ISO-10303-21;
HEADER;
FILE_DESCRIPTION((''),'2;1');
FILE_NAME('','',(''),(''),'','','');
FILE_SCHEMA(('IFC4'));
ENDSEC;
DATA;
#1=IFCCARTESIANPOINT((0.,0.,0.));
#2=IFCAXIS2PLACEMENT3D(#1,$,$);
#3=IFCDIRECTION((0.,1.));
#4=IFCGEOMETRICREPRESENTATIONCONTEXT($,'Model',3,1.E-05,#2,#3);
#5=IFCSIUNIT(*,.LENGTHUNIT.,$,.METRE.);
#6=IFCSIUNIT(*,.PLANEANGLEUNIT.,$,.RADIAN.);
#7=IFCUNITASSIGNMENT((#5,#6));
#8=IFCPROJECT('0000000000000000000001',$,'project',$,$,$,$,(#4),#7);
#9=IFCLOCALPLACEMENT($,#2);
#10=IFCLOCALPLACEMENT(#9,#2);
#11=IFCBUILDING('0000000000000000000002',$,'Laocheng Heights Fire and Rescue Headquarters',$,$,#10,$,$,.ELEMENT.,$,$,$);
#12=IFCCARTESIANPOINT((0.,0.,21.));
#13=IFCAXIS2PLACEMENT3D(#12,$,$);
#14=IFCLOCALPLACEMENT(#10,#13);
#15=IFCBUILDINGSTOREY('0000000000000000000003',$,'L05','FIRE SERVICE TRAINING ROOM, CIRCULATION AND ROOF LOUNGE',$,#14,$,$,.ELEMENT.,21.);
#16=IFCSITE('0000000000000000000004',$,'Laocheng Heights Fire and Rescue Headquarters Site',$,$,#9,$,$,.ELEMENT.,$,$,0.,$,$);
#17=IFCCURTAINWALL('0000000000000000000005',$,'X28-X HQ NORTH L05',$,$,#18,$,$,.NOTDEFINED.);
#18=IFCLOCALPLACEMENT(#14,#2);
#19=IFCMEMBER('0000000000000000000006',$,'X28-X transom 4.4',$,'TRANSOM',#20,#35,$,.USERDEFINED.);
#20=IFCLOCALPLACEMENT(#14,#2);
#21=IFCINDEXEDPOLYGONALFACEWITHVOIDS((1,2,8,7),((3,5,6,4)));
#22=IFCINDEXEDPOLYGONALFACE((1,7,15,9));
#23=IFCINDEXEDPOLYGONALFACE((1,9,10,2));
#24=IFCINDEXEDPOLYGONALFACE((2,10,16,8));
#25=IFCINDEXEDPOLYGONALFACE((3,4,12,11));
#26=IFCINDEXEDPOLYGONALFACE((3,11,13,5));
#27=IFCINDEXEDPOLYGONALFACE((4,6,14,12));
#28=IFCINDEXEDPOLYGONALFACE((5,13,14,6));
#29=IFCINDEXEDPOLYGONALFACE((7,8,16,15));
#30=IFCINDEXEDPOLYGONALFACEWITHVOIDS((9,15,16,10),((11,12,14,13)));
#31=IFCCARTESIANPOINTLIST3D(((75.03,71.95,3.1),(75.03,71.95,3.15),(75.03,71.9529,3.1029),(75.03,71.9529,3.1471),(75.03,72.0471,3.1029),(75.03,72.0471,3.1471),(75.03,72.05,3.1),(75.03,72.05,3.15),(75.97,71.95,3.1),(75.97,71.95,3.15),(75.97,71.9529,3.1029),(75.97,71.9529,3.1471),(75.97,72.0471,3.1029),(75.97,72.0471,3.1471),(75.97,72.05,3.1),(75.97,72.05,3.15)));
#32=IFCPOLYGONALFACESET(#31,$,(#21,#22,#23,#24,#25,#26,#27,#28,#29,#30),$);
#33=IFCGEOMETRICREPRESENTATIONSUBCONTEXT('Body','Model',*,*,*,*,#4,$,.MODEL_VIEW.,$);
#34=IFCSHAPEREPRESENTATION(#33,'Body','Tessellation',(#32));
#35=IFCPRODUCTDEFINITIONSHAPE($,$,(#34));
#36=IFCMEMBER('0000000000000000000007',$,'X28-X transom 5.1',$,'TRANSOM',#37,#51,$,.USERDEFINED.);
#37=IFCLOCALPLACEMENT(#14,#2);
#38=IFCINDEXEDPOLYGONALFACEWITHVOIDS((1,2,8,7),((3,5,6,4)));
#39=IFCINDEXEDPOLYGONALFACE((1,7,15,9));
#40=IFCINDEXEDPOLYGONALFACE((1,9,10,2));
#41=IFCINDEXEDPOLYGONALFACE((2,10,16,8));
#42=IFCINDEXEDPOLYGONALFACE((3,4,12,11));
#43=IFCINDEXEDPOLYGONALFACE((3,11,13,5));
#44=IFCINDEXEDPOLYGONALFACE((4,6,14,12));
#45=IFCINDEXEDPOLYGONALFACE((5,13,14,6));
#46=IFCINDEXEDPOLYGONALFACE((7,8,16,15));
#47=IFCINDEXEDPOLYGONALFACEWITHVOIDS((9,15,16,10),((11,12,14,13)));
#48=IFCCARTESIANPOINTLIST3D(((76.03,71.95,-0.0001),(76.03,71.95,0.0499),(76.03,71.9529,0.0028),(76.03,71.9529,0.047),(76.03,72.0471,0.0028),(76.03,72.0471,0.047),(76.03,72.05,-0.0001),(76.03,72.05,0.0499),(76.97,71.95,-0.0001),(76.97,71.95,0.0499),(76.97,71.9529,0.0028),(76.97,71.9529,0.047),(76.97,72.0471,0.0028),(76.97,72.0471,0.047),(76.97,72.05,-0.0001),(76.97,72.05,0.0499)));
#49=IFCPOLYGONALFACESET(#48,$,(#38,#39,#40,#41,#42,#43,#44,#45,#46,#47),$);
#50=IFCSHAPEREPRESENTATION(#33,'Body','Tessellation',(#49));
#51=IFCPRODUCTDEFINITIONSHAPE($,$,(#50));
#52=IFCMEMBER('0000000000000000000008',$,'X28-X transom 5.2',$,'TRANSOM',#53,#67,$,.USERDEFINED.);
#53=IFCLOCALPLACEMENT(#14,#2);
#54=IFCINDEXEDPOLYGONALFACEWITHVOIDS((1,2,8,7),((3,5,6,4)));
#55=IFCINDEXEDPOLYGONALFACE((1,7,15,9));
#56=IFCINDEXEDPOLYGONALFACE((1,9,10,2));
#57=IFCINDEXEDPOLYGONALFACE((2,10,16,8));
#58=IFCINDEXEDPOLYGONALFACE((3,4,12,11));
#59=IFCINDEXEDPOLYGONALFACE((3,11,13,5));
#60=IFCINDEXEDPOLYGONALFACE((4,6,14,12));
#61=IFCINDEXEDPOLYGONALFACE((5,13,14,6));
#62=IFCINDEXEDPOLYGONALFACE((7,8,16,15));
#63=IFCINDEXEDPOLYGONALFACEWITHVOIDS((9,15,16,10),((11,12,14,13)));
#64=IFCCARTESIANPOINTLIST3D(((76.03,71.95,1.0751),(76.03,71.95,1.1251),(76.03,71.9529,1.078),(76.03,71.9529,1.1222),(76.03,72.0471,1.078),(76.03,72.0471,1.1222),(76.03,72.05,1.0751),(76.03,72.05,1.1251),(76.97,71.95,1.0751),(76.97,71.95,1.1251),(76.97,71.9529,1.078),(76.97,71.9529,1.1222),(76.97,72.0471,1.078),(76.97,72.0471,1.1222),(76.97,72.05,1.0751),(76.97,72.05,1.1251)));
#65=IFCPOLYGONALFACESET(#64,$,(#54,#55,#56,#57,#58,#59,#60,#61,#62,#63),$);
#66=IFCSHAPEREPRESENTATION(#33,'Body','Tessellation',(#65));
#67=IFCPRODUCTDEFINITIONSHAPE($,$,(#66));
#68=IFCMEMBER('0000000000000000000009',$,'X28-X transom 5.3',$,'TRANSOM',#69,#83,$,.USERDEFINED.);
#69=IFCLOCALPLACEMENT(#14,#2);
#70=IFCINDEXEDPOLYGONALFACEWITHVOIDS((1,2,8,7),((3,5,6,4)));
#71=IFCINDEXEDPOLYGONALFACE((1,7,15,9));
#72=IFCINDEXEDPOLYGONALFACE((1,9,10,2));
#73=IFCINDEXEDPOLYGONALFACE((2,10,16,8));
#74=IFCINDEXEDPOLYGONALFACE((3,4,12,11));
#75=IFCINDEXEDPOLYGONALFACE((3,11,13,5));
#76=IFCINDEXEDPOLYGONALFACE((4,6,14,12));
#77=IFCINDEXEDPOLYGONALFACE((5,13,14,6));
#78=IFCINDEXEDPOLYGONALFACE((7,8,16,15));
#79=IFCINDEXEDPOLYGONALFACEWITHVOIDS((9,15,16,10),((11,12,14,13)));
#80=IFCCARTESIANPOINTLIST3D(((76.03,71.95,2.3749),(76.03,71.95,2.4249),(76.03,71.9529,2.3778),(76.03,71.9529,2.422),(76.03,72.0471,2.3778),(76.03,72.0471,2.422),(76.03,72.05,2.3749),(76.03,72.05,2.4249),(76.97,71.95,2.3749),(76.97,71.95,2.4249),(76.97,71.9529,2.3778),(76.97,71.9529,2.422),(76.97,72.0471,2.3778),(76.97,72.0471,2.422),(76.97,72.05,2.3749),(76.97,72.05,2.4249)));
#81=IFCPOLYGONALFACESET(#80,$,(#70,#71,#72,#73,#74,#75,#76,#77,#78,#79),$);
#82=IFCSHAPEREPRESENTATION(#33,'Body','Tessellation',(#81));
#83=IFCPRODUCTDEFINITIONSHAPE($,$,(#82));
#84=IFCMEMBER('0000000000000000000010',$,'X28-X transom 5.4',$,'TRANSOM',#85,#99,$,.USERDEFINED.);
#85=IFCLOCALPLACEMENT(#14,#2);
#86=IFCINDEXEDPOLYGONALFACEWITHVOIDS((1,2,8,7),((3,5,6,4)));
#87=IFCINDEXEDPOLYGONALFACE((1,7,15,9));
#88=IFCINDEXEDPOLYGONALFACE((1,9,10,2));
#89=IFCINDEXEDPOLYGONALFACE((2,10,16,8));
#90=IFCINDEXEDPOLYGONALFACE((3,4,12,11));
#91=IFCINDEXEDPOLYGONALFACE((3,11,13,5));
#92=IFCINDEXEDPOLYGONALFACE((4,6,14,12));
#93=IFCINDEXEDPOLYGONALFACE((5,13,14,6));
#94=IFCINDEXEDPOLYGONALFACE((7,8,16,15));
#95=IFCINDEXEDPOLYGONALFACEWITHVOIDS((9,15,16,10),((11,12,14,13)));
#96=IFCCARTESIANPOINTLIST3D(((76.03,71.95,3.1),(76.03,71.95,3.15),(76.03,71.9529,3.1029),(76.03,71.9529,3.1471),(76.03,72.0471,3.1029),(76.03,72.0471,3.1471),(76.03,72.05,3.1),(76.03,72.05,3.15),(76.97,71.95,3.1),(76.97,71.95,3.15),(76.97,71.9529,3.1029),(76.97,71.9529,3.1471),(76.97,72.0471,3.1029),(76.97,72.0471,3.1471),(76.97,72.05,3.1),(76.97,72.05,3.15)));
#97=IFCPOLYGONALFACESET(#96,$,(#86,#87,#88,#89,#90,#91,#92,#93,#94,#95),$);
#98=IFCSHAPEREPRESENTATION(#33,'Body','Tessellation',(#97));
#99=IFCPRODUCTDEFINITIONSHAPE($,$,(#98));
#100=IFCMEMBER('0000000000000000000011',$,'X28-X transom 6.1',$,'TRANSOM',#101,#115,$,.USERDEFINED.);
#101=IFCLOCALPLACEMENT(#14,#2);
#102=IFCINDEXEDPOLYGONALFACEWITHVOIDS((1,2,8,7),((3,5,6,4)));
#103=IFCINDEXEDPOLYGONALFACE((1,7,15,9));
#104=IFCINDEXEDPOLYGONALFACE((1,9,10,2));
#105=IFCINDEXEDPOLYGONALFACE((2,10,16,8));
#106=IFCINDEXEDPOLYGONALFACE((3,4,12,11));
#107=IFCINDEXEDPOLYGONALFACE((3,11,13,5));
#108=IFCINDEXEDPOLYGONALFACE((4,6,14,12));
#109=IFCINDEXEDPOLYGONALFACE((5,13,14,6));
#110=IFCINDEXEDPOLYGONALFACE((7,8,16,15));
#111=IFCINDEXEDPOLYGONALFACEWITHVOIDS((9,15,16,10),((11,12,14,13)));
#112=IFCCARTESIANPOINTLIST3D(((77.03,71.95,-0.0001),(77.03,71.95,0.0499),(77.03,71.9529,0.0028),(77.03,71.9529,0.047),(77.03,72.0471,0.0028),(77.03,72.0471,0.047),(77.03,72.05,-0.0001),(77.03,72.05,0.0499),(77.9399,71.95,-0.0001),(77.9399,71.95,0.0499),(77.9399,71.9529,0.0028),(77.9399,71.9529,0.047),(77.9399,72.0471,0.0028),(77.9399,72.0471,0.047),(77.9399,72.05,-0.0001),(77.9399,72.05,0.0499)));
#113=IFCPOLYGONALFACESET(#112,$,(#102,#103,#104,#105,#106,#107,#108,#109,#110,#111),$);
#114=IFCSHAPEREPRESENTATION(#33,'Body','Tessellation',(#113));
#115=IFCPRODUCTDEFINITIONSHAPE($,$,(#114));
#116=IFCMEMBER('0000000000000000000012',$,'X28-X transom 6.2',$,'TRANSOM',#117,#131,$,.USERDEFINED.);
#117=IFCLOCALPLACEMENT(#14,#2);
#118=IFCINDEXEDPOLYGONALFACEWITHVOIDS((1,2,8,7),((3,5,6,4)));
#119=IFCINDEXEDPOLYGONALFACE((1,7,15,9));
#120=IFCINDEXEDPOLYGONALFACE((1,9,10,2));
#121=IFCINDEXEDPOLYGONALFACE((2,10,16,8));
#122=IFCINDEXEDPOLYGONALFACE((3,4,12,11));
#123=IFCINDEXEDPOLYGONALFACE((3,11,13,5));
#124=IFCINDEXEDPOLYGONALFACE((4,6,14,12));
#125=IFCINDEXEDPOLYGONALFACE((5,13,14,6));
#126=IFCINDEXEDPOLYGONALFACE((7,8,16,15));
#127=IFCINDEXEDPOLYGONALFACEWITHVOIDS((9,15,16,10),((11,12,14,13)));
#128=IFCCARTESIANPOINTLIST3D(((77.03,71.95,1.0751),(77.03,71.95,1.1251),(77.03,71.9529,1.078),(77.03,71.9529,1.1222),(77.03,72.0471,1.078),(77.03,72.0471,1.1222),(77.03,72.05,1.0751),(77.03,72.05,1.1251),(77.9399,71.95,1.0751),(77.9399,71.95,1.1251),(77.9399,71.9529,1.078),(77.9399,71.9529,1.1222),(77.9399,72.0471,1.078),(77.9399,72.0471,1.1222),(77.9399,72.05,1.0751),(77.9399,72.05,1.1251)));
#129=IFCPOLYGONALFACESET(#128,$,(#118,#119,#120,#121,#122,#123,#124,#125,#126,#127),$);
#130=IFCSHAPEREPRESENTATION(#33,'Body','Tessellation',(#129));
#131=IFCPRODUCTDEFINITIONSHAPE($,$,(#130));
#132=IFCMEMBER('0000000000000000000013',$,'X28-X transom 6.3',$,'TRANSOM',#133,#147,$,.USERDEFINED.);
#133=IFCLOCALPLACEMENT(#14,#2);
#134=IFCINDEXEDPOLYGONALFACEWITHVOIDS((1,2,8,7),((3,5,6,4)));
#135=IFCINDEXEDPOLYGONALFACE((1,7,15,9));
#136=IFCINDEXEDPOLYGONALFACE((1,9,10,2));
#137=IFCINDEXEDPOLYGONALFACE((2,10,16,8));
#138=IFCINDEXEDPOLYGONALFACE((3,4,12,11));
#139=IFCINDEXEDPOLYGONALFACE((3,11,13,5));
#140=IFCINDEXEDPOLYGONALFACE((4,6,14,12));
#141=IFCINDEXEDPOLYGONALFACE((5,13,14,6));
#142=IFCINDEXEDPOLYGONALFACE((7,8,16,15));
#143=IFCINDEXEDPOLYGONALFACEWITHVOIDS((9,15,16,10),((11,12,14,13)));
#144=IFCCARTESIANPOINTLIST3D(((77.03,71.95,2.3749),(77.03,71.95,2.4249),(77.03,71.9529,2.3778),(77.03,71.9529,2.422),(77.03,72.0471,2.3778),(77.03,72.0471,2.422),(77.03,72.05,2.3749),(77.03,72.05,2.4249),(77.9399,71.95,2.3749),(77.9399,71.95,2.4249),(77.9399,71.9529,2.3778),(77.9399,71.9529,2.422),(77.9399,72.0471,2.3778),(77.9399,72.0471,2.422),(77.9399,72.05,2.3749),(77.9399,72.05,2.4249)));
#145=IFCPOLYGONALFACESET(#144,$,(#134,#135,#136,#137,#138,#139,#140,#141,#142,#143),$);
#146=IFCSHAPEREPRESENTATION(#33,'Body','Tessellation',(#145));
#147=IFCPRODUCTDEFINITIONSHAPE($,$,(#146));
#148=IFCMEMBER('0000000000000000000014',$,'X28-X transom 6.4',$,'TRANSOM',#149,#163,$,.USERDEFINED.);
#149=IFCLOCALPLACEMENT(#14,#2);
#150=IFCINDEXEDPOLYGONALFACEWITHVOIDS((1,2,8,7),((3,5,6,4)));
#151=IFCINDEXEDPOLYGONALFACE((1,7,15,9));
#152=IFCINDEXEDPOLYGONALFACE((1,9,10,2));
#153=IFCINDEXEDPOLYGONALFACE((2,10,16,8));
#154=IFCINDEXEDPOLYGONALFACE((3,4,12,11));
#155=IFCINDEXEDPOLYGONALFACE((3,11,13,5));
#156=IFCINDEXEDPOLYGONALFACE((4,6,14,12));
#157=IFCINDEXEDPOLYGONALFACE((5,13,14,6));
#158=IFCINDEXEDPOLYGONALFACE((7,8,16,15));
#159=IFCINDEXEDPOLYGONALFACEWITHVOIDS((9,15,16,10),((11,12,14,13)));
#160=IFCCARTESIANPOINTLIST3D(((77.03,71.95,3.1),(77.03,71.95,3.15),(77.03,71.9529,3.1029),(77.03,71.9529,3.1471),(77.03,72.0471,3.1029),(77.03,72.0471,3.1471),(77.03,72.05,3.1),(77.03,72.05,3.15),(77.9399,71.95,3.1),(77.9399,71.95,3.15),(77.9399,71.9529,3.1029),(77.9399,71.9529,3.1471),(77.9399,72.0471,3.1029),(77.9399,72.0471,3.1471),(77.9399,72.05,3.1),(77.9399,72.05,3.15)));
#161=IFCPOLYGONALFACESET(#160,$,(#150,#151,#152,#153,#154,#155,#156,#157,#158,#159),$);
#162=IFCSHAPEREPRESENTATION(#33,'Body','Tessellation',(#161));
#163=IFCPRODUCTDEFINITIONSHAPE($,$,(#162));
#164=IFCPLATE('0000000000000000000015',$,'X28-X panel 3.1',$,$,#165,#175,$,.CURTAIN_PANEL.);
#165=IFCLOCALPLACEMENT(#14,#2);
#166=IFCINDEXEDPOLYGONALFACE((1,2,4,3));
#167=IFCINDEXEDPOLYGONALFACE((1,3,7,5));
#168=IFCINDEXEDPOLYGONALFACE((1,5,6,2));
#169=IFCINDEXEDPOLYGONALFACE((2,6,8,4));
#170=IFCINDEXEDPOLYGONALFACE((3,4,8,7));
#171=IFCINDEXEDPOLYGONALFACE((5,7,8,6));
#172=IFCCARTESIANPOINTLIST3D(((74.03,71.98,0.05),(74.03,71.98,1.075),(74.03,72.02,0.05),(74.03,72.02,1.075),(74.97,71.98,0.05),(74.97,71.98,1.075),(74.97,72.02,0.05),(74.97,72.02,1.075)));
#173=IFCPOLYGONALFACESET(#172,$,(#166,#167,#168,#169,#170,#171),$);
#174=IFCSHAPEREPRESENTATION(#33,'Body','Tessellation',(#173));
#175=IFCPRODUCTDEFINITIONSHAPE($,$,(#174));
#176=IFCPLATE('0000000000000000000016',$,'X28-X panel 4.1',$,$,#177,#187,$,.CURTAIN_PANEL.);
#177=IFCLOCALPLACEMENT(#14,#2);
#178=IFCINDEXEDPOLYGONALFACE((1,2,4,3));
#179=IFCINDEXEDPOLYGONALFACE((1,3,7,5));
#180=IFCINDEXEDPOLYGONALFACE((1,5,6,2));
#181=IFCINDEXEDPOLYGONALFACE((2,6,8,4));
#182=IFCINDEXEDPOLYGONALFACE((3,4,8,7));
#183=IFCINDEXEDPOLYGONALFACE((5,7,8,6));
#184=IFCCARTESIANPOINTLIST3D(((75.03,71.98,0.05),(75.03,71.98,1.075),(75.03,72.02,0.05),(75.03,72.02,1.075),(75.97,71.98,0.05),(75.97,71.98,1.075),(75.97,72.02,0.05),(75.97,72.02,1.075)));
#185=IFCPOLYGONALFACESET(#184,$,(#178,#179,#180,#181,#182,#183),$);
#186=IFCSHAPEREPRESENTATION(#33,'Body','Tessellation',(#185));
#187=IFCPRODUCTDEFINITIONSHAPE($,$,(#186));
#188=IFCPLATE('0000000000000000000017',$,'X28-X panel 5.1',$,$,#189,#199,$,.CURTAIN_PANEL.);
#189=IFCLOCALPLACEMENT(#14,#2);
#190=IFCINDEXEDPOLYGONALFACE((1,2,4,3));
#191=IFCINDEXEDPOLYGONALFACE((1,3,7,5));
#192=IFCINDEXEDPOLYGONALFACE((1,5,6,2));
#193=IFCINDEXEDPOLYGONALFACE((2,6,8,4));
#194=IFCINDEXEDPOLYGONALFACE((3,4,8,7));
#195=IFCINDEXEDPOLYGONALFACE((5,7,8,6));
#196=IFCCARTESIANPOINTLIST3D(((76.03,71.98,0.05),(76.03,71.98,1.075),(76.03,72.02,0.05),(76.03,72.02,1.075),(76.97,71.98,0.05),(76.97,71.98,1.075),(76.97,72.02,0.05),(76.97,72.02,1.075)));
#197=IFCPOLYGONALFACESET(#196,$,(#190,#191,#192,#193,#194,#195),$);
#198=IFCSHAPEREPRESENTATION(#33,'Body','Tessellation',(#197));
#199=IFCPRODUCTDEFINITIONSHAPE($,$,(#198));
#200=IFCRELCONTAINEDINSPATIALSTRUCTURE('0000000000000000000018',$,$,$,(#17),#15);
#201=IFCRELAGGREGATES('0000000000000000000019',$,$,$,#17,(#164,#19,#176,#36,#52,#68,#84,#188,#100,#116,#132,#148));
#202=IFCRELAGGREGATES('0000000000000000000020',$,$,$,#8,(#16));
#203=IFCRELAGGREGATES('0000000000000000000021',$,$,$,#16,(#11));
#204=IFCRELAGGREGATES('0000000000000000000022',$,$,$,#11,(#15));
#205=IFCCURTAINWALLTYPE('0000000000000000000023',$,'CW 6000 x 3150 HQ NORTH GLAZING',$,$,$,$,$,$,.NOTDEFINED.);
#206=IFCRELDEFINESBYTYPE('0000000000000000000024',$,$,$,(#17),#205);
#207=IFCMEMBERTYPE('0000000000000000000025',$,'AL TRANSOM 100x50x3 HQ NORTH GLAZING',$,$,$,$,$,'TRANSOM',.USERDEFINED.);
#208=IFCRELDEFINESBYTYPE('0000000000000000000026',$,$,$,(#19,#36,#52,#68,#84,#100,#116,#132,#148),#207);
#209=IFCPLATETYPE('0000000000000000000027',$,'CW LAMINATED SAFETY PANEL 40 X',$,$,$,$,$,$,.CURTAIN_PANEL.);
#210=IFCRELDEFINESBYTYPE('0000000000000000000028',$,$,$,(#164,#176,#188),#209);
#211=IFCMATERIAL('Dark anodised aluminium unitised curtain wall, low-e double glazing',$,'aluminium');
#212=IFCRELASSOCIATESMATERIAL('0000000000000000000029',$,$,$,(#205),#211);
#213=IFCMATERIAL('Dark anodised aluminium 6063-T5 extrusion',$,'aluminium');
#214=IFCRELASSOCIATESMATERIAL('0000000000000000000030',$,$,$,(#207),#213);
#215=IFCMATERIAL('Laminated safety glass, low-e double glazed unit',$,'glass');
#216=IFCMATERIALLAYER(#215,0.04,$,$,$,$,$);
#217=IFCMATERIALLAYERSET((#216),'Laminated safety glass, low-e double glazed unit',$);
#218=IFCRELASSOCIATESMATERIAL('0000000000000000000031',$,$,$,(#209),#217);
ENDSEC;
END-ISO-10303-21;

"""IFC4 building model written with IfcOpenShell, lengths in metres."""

from ifc_helpers import new_model, si_unit, direction, frame, origin, origin_2d, place, context, subcontext, project, spatial, rectangle, hollow_rectangle, extrude, material, layer, layer_set, material_profile, profile_set, type_object, element, aggregate, save


model = new_model("IFC4")

# Units and contexts
model_context = context("Model", 3, precision=1e-05, world=origin(), true_north=direction((0.0, 1.0)))
body_context = subcontext(model_context, "Body", "Model", "MODEL_VIEW")
ifc_project = project(units=[si_unit("LENGTHUNIT", "METRE"), si_unit("PLANEANGLEUNIT", "RADIAN")], contexts=[model_context])

# Site, building, storey
site_placement = place(None, origin())
site = spatial("IfcSite", under=ifc_project, at=site_placement, Name="Laocheng Heights Fire and Rescue Headquarters Site", CompositionType="ELEMENT", RefElevation=0.0)
building_placement = place(site_placement, origin())
building = spatial("IfcBuilding", under=site, at=building_placement, Name="Laocheng Heights Fire and Rescue Headquarters", CompositionType="ELEMENT")
storey_placement = place(building_placement, frame((0.0, 0.0, 21.0)))
storey = spatial("IfcBuildingStorey", under=building, at=storey_placement, Name="L05", Description="FIRE SERVICE TRAINING ROOM, CIRCULATION AND ROOF LOUNGE", CompositionType="ELEMENT", Elevation=21.0)

# Curtain wall, members, plates
ifc_material_1 = material(Name="Dark anodised aluminium unitised curtain wall, low-e double glazing", Category="aluminium")
curtain_wall_type = type_object("IfcCurtainWallType", Name="CW 6000 x 3150 HQ NORTH GLAZING", PredefinedType="NOTDEFINED", material=ifc_material_1)
curtain_wall_placement = place(storey_placement, origin())
curtain_wall = element("IfcCurtainWall", 1, at=curtain_wall_placement, inside=storey, type_object=curtain_wall_type, Name="X28-X HQ NORTH L05", PredefinedType="NOTDEFINED")
ifc_material_2 = material(Name="Dark anodised aluminium 6063-T5 extrusion", Category="aluminium")
ifc_material_profile_1 = material_profile(ifc_material_2, hollow_rectangle(XDim=0.1001, YDim=0.05, WallThickness=0.0029, at=origin_2d()), Name="AL TRANSOM 100x50x3 HQ NORTH GLAZING")
ifc_profile_set_1 = profile_set([ifc_material_profile_1], Name="Dark anodised aluminium 6063-T5 extrusion")
member_type_1 = type_object("IfcMemberType", Name="AL TRANSOM 100x50x3 HQ NORTH GLAZING", ElementType="TRANSOM", PredefinedType="USERDEFINED", material=ifc_profile_set_1)
member_1_placement = place(storey_placement, frame((75.03, 72.0, 3.125), z_axis=(1.0, 0.0, 0.0), x_axis=(0.0, 1.0, 0.0)))
member_1 = element("IfcMember", 2, at=member_1_placement, type_object=member_type_1, Name="X28-X transom 4.4", ObjectType="TRANSOM", PredefinedType="USERDEFINED", context=body_context, shape_type="SweptSolid", body=[
    extrude(hollow_rectangle(XDim=0.1001, YDim=0.05, WallThickness=0.0029, at=origin_2d()), origin(), (0.0, 0.0, 1.0), 0.9399),
])
member_2_placement = place(storey_placement, frame((76.03, 72.0, 0.0249), z_axis=(1.0, 0.0, 0.0), x_axis=(0.0, 1.0, 0.0)))
member_2 = element("IfcMember", 3, at=member_2_placement, type_object=member_type_1, Name="X28-X transom 5.1", ObjectType="TRANSOM", PredefinedType="USERDEFINED", context=body_context, shape_type="SweptSolid", body=[
    extrude(hollow_rectangle(XDim=0.1001, YDim=0.05, WallThickness=0.0029, at=origin_2d()), origin(), (0.0, 0.0, 1.0), 0.9399),
])
member_3_placement = place(storey_placement, frame((76.03, 72.0, 1.1001), z_axis=(1.0, 0.0, 0.0), x_axis=(0.0, 1.0, 0.0)))
member_3 = element("IfcMember", 4, at=member_3_placement, type_object=member_type_1, Name="X28-X transom 5.2", ObjectType="TRANSOM", PredefinedType="USERDEFINED", context=body_context, shape_type="SweptSolid", body=[
    extrude(hollow_rectangle(XDim=0.1001, YDim=0.05, WallThickness=0.0029, at=origin_2d()), origin(), (0.0, 0.0, 1.0), 0.9399),
])
member_4_placement = place(storey_placement, frame((76.03, 72.0, 2.3999), z_axis=(1.0, 0.0, 0.0), x_axis=(0.0, 1.0, 0.0)))
member_4 = element("IfcMember", 5, at=member_4_placement, type_object=member_type_1, Name="X28-X transom 5.3", ObjectType="TRANSOM", PredefinedType="USERDEFINED", context=body_context, shape_type="SweptSolid", body=[
    extrude(hollow_rectangle(XDim=0.1001, YDim=0.05, WallThickness=0.0029, at=origin_2d()), origin(), (0.0, 0.0, 1.0), 0.9399),
])
member_5_placement = place(storey_placement, frame((76.03, 72.0, 3.125), z_axis=(1.0, 0.0, 0.0), x_axis=(0.0, 1.0, 0.0)))
member_5 = element("IfcMember", 6, at=member_5_placement, type_object=member_type_1, Name="X28-X transom 5.4", ObjectType="TRANSOM", PredefinedType="USERDEFINED", context=body_context, shape_type="SweptSolid", body=[
    extrude(hollow_rectangle(XDim=0.1001, YDim=0.05, WallThickness=0.0029, at=origin_2d()), origin(), (0.0, 0.0, 1.0), 0.9399),
])
member_6_placement = place(storey_placement, frame((77.03, 72.0, 0.0249), z_axis=(1.0, 0.0, 0.0), x_axis=(0.0, 1.0, 0.0)))
member_6 = element("IfcMember", 7, at=member_6_placement, type_object=member_type_1, Name="X28-X transom 6.1", ObjectType="TRANSOM", PredefinedType="USERDEFINED", context=body_context, shape_type="SweptSolid", body=[
    extrude(hollow_rectangle(XDim=0.1001, YDim=0.05, WallThickness=0.0029, at=origin_2d()), origin(), (0.0, 0.0, 1.0), 0.9099),
])
member_7_placement = place(storey_placement, frame((77.03, 72.0, 1.1001), z_axis=(1.0, 0.0, 0.0), x_axis=(0.0, 1.0, 0.0)))
member_7 = element("IfcMember", 8, at=member_7_placement, type_object=member_type_1, Name="X28-X transom 6.2", ObjectType="TRANSOM", PredefinedType="USERDEFINED", context=body_context, shape_type="SweptSolid", body=[
    extrude(hollow_rectangle(XDim=0.1001, YDim=0.05, WallThickness=0.0029, at=origin_2d()), origin(), (0.0, 0.0, 1.0), 0.9099),
])
member_8_placement = place(storey_placement, frame((77.03, 72.0, 2.3999), z_axis=(1.0, 0.0, 0.0), x_axis=(0.0, 1.0, 0.0)))
member_8 = element("IfcMember", 9, at=member_8_placement, type_object=member_type_1, Name="X28-X transom 6.3", ObjectType="TRANSOM", PredefinedType="USERDEFINED", context=body_context, shape_type="SweptSolid", body=[
    extrude(hollow_rectangle(XDim=0.1001, YDim=0.05, WallThickness=0.0029, at=origin_2d()), origin(), (0.0, 0.0, 1.0), 0.9099),
])
member_9_placement = place(storey_placement, frame((77.03, 72.0, 3.125), z_axis=(1.0, 0.0, 0.0), x_axis=(0.0, 1.0, 0.0)))
member_9 = element("IfcMember", 10, at=member_9_placement, type_object=member_type_1, Name="X28-X transom 6.4", ObjectType="TRANSOM", PredefinedType="USERDEFINED", context=body_context, shape_type="SweptSolid", body=[
    extrude(hollow_rectangle(XDim=0.1001, YDim=0.05, WallThickness=0.0029, at=origin_2d()), origin(), (0.0, 0.0, 1.0), 0.9099),
])
ifc_material_3 = material(Name="Laminated safety glass, low-e double glazed unit", Category="glass")
ifc_layer_1 = layer(ifc_material_3, 0.04)
ifc_layer_set_1 = layer_set([ifc_layer_1], Name="Laminated safety glass, low-e double glazed unit")
plate_type_1 = type_object("IfcPlateType", Name="CW LAMINATED SAFETY PANEL 40 X", PredefinedType="CURTAIN_PANEL", material=ifc_layer_set_1)
plate_1_placement = place(storey_placement, frame((74.5, 72.0, 0.05), z_axis=(0.0, 0.0, 1.0), x_axis=(1.0, 0.0, 0.0)))
plate_1 = element("IfcPlate", 11, at=plate_1_placement, type_object=plate_type_1, Name="X28-X panel 3.1", PredefinedType="CURTAIN_PANEL", context=body_context, shape_type="SweptSolid", body=[
    extrude(rectangle(XDim=0.9399, YDim=0.04, at=origin_2d()), origin(), (0.0, 0.0, 1.0), 1.0249),
])
plate_2_placement = place(storey_placement, frame((75.5, 72.0, 0.05), z_axis=(0.0, 0.0, 1.0), x_axis=(1.0, 0.0, 0.0)))
plate_2 = element("IfcPlate", 12, at=plate_2_placement, type_object=plate_type_1, Name="X28-X panel 4.1", PredefinedType="CURTAIN_PANEL", context=body_context, shape_type="SweptSolid", body=[
    extrude(rectangle(XDim=0.9399, YDim=0.04, at=origin_2d()), origin(), (0.0, 0.0, 1.0), 1.0249),
])
plate_3_placement = place(storey_placement, frame((76.5, 72.0, 0.05), z_axis=(0.0, 0.0, 1.0), x_axis=(1.0, 0.0, 0.0)))
plate_3 = element("IfcPlate", 13, at=plate_3_placement, type_object=plate_type_1, Name="X28-X panel 5.1", PredefinedType="CURTAIN_PANEL", context=body_context, shape_type="SweptSolid", body=[
    extrude(rectangle(XDim=0.9399, YDim=0.04, at=origin_2d()), origin(), (0.0, 0.0, 1.0), 1.0249),
])
aggregate(curtain_wall, [plate_1, member_1, plate_2, member_2, member_3, member_4, member_5, plate_3, member_6, member_7, member_8, member_9])

save(model, "model.ifc")
